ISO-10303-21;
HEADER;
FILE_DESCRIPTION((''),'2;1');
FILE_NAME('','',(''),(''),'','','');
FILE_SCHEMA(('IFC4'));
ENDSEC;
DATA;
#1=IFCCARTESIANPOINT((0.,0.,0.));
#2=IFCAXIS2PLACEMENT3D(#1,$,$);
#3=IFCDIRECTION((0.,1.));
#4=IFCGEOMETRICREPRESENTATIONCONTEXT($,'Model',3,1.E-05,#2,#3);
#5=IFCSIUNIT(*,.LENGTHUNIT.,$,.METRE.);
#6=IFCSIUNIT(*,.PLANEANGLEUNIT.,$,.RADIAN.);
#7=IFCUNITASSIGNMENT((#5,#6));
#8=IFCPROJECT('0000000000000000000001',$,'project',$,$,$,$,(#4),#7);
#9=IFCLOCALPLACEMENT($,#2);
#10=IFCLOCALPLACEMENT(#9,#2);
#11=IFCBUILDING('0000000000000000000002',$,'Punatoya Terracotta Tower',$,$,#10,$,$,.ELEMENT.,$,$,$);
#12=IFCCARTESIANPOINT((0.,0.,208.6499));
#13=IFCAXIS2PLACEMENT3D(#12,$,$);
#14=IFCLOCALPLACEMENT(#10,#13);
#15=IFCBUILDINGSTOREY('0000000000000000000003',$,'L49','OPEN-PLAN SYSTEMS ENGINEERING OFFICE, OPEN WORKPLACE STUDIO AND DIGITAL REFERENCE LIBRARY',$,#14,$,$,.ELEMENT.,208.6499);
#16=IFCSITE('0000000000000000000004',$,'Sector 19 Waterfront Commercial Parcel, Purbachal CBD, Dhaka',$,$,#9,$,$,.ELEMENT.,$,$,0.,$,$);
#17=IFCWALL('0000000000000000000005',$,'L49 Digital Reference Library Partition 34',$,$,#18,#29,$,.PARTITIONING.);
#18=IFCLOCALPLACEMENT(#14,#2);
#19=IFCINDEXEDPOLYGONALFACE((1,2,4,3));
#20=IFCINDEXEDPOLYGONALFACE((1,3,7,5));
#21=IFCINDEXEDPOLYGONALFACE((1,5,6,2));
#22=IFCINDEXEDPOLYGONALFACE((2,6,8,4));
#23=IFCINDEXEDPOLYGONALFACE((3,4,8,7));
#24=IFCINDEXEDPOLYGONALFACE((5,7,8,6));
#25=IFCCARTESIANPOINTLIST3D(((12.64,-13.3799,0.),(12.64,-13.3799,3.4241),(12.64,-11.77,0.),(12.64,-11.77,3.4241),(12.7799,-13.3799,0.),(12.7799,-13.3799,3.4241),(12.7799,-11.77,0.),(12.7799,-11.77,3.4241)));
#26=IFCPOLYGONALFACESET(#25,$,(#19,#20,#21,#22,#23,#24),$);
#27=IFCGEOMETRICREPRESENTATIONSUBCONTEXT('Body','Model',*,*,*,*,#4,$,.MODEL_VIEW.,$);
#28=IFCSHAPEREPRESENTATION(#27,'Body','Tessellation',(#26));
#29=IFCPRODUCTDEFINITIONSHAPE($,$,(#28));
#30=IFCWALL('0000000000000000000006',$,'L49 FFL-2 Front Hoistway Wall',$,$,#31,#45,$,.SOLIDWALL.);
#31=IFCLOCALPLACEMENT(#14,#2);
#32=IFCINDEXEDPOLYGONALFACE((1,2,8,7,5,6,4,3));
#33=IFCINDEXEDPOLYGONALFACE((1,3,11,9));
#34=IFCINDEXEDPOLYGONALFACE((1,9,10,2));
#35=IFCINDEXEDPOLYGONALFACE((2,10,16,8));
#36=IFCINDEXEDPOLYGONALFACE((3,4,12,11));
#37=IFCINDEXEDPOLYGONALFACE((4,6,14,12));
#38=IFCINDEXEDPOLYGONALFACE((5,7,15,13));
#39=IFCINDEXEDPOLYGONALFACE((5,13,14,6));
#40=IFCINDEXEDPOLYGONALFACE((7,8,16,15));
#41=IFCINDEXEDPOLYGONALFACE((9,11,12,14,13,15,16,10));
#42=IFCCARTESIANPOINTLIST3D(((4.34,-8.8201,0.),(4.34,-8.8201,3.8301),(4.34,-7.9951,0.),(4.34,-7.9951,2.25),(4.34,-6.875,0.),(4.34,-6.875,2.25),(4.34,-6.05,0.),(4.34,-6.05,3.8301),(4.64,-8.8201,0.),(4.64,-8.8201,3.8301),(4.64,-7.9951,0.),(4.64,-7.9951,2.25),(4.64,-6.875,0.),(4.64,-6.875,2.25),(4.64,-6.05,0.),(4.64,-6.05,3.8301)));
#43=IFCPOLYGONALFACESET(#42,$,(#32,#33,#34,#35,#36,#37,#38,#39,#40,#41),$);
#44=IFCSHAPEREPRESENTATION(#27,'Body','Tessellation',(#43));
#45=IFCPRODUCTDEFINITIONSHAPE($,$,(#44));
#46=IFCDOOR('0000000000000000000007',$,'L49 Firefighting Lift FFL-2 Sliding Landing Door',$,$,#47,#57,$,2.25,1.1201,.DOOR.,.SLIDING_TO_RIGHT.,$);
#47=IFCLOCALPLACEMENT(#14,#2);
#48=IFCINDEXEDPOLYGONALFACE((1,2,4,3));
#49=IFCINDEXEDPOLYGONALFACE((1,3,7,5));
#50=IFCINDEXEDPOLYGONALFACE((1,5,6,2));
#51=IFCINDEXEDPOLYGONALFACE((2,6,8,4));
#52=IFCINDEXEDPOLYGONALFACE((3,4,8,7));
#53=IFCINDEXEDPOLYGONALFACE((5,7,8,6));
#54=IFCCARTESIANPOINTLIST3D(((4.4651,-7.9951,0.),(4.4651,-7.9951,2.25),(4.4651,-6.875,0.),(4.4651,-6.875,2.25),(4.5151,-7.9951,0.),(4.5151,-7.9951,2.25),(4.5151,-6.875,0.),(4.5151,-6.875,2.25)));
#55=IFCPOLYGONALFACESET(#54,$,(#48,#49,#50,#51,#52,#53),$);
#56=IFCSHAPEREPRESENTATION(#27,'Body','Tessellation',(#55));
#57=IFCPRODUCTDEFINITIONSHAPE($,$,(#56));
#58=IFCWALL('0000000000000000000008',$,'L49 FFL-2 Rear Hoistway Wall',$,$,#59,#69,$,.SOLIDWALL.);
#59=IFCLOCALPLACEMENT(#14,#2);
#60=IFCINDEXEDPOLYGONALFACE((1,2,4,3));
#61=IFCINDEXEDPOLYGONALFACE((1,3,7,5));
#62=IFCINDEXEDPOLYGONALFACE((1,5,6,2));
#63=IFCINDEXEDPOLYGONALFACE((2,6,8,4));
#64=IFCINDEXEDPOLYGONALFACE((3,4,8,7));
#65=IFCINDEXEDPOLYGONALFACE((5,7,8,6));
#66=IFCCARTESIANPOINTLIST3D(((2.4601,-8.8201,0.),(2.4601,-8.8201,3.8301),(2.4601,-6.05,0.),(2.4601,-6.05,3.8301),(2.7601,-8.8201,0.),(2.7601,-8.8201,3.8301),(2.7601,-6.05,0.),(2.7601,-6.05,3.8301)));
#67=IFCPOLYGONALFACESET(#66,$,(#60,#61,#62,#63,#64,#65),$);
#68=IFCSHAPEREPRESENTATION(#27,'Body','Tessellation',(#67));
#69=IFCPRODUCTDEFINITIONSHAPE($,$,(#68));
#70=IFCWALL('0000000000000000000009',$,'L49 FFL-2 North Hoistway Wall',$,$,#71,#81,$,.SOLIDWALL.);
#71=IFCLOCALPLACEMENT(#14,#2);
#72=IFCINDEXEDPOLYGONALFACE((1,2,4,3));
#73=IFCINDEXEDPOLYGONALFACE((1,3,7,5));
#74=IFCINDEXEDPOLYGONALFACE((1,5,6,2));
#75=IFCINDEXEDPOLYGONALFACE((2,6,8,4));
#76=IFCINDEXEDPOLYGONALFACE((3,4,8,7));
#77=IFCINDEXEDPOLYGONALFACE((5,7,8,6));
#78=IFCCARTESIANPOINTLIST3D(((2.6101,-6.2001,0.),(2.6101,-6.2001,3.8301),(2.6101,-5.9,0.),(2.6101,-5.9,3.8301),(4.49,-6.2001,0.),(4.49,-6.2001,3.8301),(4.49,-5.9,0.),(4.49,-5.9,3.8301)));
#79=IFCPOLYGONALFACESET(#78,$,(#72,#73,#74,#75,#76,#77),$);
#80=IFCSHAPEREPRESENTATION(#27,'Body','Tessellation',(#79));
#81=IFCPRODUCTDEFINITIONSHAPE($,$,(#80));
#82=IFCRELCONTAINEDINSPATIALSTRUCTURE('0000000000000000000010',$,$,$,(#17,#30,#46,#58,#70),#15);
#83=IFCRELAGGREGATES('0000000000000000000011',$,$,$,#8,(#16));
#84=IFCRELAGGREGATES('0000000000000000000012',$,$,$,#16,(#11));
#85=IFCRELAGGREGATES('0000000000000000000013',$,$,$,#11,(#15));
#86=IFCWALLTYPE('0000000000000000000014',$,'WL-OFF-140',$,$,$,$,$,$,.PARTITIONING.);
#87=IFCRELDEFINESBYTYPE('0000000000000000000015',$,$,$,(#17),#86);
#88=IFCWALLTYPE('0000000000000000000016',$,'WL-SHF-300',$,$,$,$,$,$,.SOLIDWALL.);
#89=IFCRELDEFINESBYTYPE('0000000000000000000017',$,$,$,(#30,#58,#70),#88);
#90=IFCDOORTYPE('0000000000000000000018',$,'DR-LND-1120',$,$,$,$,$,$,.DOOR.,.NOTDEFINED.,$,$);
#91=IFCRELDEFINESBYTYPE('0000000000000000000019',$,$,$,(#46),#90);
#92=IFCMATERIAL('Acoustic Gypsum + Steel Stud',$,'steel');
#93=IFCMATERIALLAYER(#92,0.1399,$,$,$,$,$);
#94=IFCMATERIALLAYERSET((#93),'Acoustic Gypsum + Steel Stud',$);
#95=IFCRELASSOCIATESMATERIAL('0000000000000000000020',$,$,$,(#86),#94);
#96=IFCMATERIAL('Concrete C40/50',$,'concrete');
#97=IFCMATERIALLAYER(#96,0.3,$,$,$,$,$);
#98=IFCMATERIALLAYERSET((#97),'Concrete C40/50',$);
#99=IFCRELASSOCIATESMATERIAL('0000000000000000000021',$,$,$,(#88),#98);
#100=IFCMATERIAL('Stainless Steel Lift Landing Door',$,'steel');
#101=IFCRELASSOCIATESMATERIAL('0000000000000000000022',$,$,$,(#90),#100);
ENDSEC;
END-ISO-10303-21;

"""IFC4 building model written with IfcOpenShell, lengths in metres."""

from ifc_helpers import new_model, si_unit, direction, frame, frame_2d, origin, place, context, subcontext, project, spatial, rectangle, extrude, material, layer, layer_set, type_object, element, fill, save


model = new_model("IFC4")

# Units and contexts
model_context = context("Model", 3, precision=1e-05, world=origin(), true_north=direction((0.0, 1.0)))
body_context = subcontext(model_context, "Body", "Model", "MODEL_VIEW")
ifc_project = project(units=[si_unit("LENGTHUNIT", "METRE"), si_unit("PLANEANGLEUNIT", "RADIAN")], contexts=[model_context])

# Site, building, storey
site_placement = place(None, origin())
site = spatial("IfcSite", under=ifc_project, at=site_placement, Name="Sector 19 Waterfront Commercial Parcel, Purbachal CBD, Dhaka", CompositionType="ELEMENT", RefElevation=0.0)
building_placement = place(site_placement, origin())
building = spatial("IfcBuilding", under=site, at=building_placement, Name="Punatoya Terracotta Tower", CompositionType="ELEMENT")
storey_placement = place(building_placement, frame((0.0, 0.0, 208.6499)))
storey = spatial("IfcBuildingStorey", under=building, at=storey_placement, Name="L49", Description="OPEN-PLAN SYSTEMS ENGINEERING OFFICE, OPEN WORKPLACE STUDIO AND DIGITAL REFERENCE LIBRARY", CompositionType="ELEMENT", Elevation=208.6499)

# Wall
ifc_material_1 = material(Name="Acoustic Gypsum + Steel Stud", Category="steel")
ifc_layer_1 = layer(ifc_material_1, 0.1399)
ifc_layer_set_1 = layer_set([ifc_layer_1], Name="Acoustic Gypsum + Steel Stud")
wall_type_1 = type_object("IfcWallType", Name="WL-OFF-140", PredefinedType="PARTITIONING", material=ifc_layer_set_1)
wall_1_placement = place(storey_placement, frame((12.71, -13.3799, 0.0), z_axis=(0.0, 0.0, 1.0), x_axis=(0.0, 1.0, 0.0)))
element("IfcWall", 1, at=wall_1_placement, inside=storey, type_object=wall_type_1, Name="L49 Digital Reference Library Partition 34", PredefinedType="PARTITIONING", context=body_context, shape_type="SweptSolid", body=[
    extrude(rectangle(XDim=1.6099, YDim=0.1399, at=frame_2d((0.8049, 0.0))), origin(), (0.0, 0.0, 1.0), 3.4241),
])

# Wall, opening, door
ifc_material_2 = material(Name="Concrete C40/50", Category="concrete")
ifc_layer_2 = layer(ifc_material_2, 0.3)
ifc_layer_set_2 = layer_set([ifc_layer_2], Name="Concrete C40/50")
wall_type_2 = type_object("IfcWallType", Name="WL-SHF-300", PredefinedType="SOLIDWALL", material=ifc_layer_set_2)
wall_2_placement = place(storey_placement, frame((4.49, -8.8201, 0.0), z_axis=(0.0, 0.0, 1.0), x_axis=(0.0, 1.0, 0.0)))
wall_2 = element("IfcWall", 2, at=wall_2_placement, inside=storey, type_object=wall_type_2, Name="L49 FFL-2 Front Hoistway Wall", PredefinedType="SOLIDWALL", context=body_context, shape_type="SweptSolid", body=[
    extrude(rectangle(XDim=2.77, YDim=0.3, at=frame_2d((1.385, 0.0))), origin(), (0.0, 0.0, 1.0), 3.8301),
])
opening_1_placement = place(wall_2_placement, frame((0.825, 0.0, 0.0)))
opening_1 = element("IfcOpeningElement", 3, at=opening_1_placement, cuts=wall_2, PredefinedType="OPENING", context=body_context, shape_type="SweptSolid", body=[
    extrude(rectangle(XDim=1.1201, YDim=2.25, at=frame_2d((0.5601, 1.125))), frame((0.0, 0.1599, 0.0), z_axis=(0.0, -1.0, 0.0), x_axis=(1.0, 0.0, 0.0)), (0.0, 0.0, 1.0), 0.3201),
])
ifc_material_3 = material(Name="Stainless Steel Lift Landing Door", Category="steel")
door_type_1 = type_object("IfcDoorType", Name="DR-LND-1120", OperationType="NOTDEFINED", PredefinedType="DOOR", material=ifc_material_3)
door_1_placement = place(opening_1_placement, origin())
door_1 = element("IfcDoor", 4, at=door_1_placement, inside=storey, type_object=door_type_1, Name="L49 Firefighting Lift FFL-2 Sliding Landing Door", OperationType="SLIDING_TO_RIGHT", OverallHeight=2.25, OverallWidth=1.1201, PredefinedType="DOOR", context=body_context, shape_type="SweptSolid", body=[
    extrude(rectangle(XDim=1.1201, YDim=2.25, at=frame_2d((0.5601, 1.125))), frame((0.0, 0.0249, 0.0), z_axis=(0.0, -1.0, 0.0), x_axis=(1.0, 0.0, 0.0)), (0.0, 0.0, 1.0), 0.05),
])
fill(opening_1, door_1)

# Walls
wall_3_placement = place(storey_placement, frame((2.6101, -8.8201, 0.0), z_axis=(0.0, 0.0, 1.0), x_axis=(0.0, 1.0, 0.0)))
element("IfcWall", 5, at=wall_3_placement, inside=storey, type_object=wall_type_2, Name="L49 FFL-2 Rear Hoistway Wall", PredefinedType="SOLIDWALL", context=body_context, shape_type="SweptSolid", body=[
    extrude(rectangle(XDim=2.77, YDim=0.3, at=frame_2d((1.385, 0.0))), origin(), (0.0, 0.0, 1.0), 3.8301),
])
wall_4_placement = place(storey_placement, frame((2.6101, -6.05, 0.0), z_axis=(0.0, 0.0, 1.0), x_axis=(1.0, 0.0, 0.0)))
element("IfcWall", 6, at=wall_4_placement, inside=storey, type_object=wall_type_2, Name="L49 FFL-2 North Hoistway Wall", PredefinedType="SOLIDWALL", context=body_context, shape_type="SweptSolid", body=[
    extrude(rectangle(XDim=1.8799, YDim=0.3, at=frame_2d((0.9399, 0.0))), origin(), (0.0, 0.0, 1.0), 3.8301),
])

save(model, "model.ifc")
